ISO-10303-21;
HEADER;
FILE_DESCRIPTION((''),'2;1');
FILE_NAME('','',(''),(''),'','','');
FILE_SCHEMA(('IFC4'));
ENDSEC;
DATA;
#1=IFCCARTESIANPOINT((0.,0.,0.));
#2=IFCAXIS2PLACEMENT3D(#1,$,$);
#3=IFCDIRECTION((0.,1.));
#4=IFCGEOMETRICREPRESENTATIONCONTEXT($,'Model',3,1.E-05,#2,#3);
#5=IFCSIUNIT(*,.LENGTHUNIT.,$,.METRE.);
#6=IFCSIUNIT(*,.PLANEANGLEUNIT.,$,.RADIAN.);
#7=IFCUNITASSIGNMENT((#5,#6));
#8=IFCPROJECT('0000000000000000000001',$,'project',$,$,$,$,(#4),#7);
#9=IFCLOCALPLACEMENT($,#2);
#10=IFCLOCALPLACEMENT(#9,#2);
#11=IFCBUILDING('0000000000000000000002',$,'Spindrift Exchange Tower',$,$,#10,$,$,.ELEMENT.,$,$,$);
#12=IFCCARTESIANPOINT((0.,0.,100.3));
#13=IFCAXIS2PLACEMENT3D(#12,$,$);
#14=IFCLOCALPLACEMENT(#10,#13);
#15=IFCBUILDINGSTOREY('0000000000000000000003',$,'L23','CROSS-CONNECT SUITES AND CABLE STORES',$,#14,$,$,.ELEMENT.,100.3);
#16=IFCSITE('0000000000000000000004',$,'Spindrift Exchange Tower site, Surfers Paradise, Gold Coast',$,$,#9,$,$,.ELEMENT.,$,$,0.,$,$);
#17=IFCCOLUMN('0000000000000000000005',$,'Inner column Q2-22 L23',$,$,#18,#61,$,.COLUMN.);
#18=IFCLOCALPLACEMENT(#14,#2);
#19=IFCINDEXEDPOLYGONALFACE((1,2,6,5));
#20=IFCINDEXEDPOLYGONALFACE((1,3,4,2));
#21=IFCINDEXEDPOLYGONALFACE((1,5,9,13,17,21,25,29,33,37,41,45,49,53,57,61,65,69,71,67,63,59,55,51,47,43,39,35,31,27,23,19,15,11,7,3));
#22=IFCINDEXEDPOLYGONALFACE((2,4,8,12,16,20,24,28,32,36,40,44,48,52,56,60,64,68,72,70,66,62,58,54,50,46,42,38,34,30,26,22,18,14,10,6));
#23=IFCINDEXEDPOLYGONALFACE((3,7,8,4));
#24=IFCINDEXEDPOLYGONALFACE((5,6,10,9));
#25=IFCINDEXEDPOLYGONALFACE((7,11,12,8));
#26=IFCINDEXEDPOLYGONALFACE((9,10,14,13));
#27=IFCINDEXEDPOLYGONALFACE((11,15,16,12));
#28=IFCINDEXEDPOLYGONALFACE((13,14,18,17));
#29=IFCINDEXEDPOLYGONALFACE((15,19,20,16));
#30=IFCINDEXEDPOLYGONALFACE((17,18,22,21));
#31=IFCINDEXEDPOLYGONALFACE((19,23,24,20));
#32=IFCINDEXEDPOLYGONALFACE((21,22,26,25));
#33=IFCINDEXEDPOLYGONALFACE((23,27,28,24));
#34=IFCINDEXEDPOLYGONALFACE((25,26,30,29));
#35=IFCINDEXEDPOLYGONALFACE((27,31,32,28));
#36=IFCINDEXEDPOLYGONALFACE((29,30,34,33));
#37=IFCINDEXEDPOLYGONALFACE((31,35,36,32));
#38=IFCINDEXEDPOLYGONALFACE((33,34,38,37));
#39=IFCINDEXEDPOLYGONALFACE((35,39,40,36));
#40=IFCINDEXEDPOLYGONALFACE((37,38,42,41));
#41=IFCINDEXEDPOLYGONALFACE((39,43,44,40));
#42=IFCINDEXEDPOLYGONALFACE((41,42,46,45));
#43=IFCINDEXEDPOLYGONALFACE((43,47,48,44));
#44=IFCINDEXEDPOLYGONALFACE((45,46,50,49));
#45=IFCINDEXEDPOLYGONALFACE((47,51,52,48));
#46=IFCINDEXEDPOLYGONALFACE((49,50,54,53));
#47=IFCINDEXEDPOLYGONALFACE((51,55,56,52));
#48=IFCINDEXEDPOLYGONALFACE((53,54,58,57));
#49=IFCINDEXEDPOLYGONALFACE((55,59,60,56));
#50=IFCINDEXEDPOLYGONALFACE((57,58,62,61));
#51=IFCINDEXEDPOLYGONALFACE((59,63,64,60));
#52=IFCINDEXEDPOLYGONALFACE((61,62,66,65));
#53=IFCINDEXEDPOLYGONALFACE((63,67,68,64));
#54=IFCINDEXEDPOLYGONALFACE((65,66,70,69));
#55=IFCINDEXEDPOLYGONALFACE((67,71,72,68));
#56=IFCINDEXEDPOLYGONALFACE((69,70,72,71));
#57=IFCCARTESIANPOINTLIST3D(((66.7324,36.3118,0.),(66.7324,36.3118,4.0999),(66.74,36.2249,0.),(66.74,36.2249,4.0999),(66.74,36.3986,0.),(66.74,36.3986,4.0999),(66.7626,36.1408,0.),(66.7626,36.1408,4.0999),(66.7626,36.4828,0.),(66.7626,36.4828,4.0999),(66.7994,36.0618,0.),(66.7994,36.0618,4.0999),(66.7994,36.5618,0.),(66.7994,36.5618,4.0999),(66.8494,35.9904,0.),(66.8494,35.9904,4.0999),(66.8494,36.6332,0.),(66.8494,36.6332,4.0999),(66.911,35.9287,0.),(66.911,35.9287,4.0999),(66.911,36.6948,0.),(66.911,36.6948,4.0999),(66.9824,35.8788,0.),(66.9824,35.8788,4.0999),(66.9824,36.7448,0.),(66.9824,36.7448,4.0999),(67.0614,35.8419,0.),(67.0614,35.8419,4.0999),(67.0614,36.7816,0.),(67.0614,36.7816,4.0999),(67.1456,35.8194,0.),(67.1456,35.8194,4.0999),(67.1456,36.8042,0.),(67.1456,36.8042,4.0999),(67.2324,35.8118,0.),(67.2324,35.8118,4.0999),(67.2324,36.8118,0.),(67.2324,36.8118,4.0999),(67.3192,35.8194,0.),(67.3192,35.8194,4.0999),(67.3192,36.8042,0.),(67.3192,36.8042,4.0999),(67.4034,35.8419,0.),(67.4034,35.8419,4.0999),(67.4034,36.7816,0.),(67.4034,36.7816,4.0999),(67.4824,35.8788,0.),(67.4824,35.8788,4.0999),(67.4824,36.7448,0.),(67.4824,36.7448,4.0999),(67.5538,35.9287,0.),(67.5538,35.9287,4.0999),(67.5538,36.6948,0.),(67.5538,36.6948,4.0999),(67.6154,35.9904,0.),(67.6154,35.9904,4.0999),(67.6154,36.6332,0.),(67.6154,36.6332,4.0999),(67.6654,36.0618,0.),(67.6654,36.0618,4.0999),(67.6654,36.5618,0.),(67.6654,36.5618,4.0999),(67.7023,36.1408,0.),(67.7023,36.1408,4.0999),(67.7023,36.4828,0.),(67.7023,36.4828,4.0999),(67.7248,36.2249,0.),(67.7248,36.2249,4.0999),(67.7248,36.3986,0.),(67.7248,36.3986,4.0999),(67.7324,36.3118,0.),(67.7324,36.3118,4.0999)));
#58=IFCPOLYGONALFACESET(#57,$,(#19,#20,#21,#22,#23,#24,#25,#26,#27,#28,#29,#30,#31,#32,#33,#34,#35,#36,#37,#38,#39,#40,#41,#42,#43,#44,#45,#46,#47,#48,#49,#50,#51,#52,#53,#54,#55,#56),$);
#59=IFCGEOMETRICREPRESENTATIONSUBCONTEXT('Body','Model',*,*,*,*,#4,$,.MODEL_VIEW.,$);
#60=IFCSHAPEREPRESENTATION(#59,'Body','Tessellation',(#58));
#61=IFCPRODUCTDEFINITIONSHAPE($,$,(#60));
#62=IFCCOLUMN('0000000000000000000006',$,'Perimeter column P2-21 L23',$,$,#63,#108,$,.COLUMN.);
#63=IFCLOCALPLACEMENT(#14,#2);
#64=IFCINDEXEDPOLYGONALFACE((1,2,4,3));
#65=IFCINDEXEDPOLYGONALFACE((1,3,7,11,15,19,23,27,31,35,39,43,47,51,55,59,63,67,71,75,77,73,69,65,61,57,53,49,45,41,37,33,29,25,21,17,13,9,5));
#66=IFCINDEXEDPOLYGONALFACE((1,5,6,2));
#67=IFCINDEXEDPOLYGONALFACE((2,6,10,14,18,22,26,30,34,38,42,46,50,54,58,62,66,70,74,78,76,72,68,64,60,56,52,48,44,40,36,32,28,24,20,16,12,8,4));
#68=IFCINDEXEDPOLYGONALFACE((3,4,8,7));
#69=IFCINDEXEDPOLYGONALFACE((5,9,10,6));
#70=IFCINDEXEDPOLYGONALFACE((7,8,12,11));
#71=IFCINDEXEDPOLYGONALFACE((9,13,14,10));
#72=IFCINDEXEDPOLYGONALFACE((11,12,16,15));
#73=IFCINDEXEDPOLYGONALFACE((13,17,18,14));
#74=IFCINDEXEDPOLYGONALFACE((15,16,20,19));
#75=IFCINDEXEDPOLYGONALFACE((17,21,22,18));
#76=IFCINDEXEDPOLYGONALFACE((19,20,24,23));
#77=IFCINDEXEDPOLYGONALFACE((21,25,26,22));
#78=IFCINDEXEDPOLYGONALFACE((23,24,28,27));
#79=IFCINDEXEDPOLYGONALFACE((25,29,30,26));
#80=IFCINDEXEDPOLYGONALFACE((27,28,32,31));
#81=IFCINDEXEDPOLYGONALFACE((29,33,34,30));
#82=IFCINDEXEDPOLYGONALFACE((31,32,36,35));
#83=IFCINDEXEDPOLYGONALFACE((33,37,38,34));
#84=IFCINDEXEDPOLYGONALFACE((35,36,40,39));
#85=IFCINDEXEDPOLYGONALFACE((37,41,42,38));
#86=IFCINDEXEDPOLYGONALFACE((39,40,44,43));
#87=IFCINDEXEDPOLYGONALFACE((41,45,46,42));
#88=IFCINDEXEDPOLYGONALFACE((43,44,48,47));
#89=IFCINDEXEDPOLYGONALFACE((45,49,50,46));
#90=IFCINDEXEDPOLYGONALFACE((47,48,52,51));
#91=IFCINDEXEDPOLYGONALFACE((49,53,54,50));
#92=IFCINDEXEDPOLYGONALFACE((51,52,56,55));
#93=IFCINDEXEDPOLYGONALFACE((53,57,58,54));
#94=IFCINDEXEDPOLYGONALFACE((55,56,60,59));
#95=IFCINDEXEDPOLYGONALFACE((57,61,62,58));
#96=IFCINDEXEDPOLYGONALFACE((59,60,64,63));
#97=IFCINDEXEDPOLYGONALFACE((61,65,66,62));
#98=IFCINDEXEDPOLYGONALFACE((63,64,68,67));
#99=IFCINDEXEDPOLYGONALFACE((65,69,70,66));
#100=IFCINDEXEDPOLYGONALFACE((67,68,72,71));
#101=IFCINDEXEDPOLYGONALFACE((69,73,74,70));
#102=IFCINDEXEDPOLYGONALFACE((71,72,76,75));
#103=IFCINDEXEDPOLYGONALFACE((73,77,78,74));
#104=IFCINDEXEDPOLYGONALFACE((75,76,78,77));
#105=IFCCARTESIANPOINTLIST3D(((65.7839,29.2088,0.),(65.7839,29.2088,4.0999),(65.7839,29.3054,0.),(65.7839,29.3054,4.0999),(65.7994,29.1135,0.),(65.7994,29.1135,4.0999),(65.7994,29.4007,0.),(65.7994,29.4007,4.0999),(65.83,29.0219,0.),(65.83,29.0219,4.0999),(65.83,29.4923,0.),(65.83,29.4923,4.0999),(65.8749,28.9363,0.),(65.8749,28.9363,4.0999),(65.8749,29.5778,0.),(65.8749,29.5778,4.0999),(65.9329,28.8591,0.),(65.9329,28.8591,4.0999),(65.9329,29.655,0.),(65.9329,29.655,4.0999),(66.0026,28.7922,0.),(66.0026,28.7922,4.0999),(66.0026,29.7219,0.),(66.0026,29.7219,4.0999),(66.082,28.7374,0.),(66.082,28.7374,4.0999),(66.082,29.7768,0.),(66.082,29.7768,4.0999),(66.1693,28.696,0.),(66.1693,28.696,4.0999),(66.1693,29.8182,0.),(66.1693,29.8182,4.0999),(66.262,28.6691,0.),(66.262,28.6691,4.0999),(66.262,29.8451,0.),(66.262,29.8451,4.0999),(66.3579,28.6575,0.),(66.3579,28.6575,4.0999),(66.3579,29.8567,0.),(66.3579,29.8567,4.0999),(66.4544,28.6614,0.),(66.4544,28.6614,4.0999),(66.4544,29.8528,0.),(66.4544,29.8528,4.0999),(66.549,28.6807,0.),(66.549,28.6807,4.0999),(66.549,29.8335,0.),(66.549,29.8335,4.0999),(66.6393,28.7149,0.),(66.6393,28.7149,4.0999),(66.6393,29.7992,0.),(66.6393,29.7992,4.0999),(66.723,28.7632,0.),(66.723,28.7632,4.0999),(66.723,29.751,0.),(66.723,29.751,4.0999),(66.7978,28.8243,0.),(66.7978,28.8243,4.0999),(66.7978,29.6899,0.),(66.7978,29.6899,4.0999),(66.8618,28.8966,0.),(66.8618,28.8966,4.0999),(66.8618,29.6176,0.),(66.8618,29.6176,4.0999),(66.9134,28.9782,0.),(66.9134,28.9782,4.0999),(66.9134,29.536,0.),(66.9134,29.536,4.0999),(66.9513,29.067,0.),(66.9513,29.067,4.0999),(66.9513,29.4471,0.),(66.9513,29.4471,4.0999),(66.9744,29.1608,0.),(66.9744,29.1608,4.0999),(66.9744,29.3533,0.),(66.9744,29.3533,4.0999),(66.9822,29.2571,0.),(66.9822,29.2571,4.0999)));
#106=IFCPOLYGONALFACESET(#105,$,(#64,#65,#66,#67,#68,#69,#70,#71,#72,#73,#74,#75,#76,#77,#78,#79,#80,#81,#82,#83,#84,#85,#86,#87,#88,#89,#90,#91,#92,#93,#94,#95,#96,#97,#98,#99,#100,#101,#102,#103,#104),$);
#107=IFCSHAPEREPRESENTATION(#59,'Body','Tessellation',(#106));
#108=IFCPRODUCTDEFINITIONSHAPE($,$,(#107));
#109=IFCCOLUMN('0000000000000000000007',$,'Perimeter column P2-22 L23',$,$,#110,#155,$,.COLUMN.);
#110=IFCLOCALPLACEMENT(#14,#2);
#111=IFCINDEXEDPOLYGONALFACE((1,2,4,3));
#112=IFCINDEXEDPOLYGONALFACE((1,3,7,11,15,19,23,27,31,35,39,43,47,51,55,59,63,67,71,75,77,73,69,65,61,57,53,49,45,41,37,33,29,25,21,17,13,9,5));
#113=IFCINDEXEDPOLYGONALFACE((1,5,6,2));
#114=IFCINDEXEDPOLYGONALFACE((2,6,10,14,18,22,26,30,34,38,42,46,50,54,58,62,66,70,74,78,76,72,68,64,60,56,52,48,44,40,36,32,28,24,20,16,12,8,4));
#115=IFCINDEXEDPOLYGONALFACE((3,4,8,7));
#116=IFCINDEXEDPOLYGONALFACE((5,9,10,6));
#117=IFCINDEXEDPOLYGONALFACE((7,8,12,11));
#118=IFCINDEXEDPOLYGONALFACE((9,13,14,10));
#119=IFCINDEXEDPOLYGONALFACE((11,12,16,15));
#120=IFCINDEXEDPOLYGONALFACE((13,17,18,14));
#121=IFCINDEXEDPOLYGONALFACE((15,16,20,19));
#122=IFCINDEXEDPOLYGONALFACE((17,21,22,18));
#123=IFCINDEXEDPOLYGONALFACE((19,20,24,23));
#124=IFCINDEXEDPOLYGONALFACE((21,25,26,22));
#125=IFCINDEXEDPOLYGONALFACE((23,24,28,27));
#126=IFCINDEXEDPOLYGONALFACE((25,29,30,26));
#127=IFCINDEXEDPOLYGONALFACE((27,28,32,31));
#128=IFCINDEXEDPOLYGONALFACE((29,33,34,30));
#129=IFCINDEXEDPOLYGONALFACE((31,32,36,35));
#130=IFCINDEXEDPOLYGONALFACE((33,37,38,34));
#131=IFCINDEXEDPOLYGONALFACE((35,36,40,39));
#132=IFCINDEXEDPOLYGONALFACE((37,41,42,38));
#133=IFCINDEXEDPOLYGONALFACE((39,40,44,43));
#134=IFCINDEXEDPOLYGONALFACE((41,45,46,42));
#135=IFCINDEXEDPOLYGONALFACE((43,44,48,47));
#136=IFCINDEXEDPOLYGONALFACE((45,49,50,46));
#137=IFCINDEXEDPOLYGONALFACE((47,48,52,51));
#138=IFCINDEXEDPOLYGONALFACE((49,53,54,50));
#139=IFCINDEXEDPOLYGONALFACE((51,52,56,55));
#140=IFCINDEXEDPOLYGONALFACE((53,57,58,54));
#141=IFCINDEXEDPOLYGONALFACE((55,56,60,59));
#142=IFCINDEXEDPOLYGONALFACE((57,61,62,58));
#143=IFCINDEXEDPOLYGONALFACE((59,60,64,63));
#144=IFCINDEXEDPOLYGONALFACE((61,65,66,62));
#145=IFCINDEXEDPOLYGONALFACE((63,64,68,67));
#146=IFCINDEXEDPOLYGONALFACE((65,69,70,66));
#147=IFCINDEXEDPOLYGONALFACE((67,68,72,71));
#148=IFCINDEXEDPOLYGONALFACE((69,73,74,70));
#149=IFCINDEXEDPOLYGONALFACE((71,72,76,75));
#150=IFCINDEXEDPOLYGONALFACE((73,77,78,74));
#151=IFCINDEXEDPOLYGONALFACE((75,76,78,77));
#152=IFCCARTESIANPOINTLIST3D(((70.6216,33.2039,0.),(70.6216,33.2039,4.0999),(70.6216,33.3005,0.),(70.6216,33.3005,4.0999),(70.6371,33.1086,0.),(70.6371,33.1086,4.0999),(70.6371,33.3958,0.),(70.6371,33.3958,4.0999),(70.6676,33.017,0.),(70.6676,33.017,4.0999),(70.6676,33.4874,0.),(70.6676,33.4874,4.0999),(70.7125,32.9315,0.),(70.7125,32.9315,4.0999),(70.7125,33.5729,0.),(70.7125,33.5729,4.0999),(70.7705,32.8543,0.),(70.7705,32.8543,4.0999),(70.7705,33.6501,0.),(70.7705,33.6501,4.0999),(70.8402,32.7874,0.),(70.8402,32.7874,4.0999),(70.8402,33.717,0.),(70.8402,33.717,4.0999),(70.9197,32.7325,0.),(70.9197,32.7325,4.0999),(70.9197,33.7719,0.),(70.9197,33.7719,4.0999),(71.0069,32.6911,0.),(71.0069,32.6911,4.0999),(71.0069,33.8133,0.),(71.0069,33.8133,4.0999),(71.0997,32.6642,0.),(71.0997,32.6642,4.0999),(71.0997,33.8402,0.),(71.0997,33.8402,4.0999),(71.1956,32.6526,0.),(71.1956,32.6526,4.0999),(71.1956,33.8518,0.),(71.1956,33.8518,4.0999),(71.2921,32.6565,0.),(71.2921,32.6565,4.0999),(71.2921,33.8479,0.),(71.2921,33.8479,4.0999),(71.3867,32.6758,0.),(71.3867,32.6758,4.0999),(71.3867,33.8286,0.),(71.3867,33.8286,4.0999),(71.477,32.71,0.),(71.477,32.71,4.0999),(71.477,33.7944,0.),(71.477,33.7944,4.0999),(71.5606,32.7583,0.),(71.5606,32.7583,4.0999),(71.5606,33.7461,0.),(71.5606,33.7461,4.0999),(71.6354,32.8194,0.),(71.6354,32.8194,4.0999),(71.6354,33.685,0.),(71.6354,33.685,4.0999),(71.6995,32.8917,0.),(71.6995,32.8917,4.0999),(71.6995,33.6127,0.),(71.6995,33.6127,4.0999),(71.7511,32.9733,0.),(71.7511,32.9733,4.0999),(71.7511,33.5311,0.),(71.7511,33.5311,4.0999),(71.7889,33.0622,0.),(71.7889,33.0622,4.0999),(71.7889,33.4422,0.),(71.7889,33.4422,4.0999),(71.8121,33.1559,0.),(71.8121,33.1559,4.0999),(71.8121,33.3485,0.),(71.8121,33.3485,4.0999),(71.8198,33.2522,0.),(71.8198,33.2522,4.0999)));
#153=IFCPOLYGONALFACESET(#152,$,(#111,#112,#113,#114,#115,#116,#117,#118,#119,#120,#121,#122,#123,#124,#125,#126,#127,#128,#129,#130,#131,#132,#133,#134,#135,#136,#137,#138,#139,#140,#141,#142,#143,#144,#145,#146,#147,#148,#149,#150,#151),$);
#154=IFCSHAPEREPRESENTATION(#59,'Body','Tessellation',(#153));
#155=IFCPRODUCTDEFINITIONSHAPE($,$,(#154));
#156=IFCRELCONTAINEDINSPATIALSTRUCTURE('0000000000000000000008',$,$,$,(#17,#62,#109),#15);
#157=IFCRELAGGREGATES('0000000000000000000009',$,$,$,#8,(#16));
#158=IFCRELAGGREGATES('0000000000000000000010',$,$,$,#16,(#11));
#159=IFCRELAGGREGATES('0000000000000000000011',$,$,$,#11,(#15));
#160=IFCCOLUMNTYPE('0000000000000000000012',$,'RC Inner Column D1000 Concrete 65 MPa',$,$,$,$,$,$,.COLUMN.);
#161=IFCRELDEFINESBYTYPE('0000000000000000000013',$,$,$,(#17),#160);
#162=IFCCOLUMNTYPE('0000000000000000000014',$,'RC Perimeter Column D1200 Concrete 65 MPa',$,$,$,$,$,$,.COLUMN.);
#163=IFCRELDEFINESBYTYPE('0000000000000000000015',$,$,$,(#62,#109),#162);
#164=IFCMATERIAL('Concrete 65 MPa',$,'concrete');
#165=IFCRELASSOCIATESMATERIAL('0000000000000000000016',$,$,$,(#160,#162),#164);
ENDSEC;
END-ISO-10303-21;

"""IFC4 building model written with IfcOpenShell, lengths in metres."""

from ifc_helpers import new_model, si_unit, direction, frame, origin, origin_2d, place, context, subcontext, project, spatial, circle, extrude, source, transform, mapped, material, material_profile, profile_set, type_object, element, save


model = new_model("IFC4")

# Units and contexts
model_context = context("Model", 3, precision=1e-05, world=origin(), true_north=direction((0.0, 1.0)))
body_context = subcontext(model_context, "Body", "Model", "MODEL_VIEW")
ifc_project = project(units=[si_unit("LENGTHUNIT", "METRE"), si_unit("PLANEANGLEUNIT", "RADIAN")], contexts=[model_context])

# Site, building, storey
site_placement = place(None, origin())
site = spatial("IfcSite", under=ifc_project, at=site_placement, Name="Spindrift Exchange Tower site, Surfers Paradise, Gold Coast", CompositionType="ELEMENT", RefElevation=0.0)
building_placement = place(site_placement, origin())
building = spatial("IfcBuilding", under=site, at=building_placement, Name="Spindrift Exchange Tower", CompositionType="ELEMENT")
storey_placement = place(building_placement, frame((0.0, 0.0, 100.3)))
storey = spatial("IfcBuildingStorey", under=building, at=storey_placement, Name="L23", Description="CROSS-CONNECT SUITES AND CABLE STORES", CompositionType="ELEMENT", Elevation=100.3)

# Columns
ifc_material_1 = material(Name="Concrete 65 MPa", Category="concrete")
ifc_material_profile_1 = material_profile(ifc_material_1, circle(Radius=0.5, at=origin_2d()), Name="RC D1000")
ifc_profile_set_1 = profile_set([ifc_material_profile_1], Name="Concrete 65 MPa")
column_type_1 = type_object("IfcColumnType", Name="RC Inner Column D1000 Concrete 65 MPa", PredefinedType="COLUMN", material=ifc_profile_set_1)
shared_shape_1 = source(origin(), body_context, "Body", "SweptSolid", [
    extrude(circle(Radius=0.5, at=origin_2d()), origin(), (0.0, 0.0, 1.0), 4.0999),
])
column_placement = place(storey_placement, frame((67.2324, 36.3118, 0.0), z_axis=(0.0, 0.0, 1.0), x_axis=(1.0, 0.0, 0.0)))
element("IfcColumn", 1, at=column_placement, inside=storey, type_object=column_type_1, Name="Inner column Q2-22 L23", PredefinedType="COLUMN", context=body_context, shape_type="MappedRepresentation", body=[
    mapped(shared_shape_1, transform((0.0, 0.0, 0.0), scale=1.0)),
])
ifc_material_profile_2 = material_profile(ifc_material_1, circle(Radius=0.6001, at=origin_2d()), Name="RC D1200")
ifc_profile_set_2 = profile_set([ifc_material_profile_2], Name="Concrete 65 MPa")
column_type_2 = type_object("IfcColumnType", Name="RC Perimeter Column D1200 Concrete 65 MPa", PredefinedType="COLUMN", material=ifc_profile_set_2)
shared_shape_2 = source(origin(), body_context, "Body", "SweptSolid", [
    extrude(circle(Radius=0.6001, at=origin_2d()), origin(), (0.0, 0.0, 1.0), 4.0999),
])
for number, where, z_axis, x_axis, name in (
    (2, (66.3821, 29.2571, 0.0), (0.0, 0.0, 1.0), (1.0, 0.0, 0.0), "Perimeter column P2-21 L23"),
    (3, (71.2197, 33.2522, 0.0), (0.0, 0.0, 1.0), (1.0, 0.0, 0.0), "Perimeter column P2-22 L23"),
):
    element("IfcColumn", number, at=place(storey_placement, frame(where, z_axis=z_axis, x_axis=x_axis)), inside=storey, type_object=column_type_2, Name=name, PredefinedType="COLUMN", context=body_context, shape_type="MappedRepresentation", body=[
        mapped(shared_shape_2, transform((0.0, 0.0, 0.0), scale=1.0)),
    ])

save(model, "model.ifc")
